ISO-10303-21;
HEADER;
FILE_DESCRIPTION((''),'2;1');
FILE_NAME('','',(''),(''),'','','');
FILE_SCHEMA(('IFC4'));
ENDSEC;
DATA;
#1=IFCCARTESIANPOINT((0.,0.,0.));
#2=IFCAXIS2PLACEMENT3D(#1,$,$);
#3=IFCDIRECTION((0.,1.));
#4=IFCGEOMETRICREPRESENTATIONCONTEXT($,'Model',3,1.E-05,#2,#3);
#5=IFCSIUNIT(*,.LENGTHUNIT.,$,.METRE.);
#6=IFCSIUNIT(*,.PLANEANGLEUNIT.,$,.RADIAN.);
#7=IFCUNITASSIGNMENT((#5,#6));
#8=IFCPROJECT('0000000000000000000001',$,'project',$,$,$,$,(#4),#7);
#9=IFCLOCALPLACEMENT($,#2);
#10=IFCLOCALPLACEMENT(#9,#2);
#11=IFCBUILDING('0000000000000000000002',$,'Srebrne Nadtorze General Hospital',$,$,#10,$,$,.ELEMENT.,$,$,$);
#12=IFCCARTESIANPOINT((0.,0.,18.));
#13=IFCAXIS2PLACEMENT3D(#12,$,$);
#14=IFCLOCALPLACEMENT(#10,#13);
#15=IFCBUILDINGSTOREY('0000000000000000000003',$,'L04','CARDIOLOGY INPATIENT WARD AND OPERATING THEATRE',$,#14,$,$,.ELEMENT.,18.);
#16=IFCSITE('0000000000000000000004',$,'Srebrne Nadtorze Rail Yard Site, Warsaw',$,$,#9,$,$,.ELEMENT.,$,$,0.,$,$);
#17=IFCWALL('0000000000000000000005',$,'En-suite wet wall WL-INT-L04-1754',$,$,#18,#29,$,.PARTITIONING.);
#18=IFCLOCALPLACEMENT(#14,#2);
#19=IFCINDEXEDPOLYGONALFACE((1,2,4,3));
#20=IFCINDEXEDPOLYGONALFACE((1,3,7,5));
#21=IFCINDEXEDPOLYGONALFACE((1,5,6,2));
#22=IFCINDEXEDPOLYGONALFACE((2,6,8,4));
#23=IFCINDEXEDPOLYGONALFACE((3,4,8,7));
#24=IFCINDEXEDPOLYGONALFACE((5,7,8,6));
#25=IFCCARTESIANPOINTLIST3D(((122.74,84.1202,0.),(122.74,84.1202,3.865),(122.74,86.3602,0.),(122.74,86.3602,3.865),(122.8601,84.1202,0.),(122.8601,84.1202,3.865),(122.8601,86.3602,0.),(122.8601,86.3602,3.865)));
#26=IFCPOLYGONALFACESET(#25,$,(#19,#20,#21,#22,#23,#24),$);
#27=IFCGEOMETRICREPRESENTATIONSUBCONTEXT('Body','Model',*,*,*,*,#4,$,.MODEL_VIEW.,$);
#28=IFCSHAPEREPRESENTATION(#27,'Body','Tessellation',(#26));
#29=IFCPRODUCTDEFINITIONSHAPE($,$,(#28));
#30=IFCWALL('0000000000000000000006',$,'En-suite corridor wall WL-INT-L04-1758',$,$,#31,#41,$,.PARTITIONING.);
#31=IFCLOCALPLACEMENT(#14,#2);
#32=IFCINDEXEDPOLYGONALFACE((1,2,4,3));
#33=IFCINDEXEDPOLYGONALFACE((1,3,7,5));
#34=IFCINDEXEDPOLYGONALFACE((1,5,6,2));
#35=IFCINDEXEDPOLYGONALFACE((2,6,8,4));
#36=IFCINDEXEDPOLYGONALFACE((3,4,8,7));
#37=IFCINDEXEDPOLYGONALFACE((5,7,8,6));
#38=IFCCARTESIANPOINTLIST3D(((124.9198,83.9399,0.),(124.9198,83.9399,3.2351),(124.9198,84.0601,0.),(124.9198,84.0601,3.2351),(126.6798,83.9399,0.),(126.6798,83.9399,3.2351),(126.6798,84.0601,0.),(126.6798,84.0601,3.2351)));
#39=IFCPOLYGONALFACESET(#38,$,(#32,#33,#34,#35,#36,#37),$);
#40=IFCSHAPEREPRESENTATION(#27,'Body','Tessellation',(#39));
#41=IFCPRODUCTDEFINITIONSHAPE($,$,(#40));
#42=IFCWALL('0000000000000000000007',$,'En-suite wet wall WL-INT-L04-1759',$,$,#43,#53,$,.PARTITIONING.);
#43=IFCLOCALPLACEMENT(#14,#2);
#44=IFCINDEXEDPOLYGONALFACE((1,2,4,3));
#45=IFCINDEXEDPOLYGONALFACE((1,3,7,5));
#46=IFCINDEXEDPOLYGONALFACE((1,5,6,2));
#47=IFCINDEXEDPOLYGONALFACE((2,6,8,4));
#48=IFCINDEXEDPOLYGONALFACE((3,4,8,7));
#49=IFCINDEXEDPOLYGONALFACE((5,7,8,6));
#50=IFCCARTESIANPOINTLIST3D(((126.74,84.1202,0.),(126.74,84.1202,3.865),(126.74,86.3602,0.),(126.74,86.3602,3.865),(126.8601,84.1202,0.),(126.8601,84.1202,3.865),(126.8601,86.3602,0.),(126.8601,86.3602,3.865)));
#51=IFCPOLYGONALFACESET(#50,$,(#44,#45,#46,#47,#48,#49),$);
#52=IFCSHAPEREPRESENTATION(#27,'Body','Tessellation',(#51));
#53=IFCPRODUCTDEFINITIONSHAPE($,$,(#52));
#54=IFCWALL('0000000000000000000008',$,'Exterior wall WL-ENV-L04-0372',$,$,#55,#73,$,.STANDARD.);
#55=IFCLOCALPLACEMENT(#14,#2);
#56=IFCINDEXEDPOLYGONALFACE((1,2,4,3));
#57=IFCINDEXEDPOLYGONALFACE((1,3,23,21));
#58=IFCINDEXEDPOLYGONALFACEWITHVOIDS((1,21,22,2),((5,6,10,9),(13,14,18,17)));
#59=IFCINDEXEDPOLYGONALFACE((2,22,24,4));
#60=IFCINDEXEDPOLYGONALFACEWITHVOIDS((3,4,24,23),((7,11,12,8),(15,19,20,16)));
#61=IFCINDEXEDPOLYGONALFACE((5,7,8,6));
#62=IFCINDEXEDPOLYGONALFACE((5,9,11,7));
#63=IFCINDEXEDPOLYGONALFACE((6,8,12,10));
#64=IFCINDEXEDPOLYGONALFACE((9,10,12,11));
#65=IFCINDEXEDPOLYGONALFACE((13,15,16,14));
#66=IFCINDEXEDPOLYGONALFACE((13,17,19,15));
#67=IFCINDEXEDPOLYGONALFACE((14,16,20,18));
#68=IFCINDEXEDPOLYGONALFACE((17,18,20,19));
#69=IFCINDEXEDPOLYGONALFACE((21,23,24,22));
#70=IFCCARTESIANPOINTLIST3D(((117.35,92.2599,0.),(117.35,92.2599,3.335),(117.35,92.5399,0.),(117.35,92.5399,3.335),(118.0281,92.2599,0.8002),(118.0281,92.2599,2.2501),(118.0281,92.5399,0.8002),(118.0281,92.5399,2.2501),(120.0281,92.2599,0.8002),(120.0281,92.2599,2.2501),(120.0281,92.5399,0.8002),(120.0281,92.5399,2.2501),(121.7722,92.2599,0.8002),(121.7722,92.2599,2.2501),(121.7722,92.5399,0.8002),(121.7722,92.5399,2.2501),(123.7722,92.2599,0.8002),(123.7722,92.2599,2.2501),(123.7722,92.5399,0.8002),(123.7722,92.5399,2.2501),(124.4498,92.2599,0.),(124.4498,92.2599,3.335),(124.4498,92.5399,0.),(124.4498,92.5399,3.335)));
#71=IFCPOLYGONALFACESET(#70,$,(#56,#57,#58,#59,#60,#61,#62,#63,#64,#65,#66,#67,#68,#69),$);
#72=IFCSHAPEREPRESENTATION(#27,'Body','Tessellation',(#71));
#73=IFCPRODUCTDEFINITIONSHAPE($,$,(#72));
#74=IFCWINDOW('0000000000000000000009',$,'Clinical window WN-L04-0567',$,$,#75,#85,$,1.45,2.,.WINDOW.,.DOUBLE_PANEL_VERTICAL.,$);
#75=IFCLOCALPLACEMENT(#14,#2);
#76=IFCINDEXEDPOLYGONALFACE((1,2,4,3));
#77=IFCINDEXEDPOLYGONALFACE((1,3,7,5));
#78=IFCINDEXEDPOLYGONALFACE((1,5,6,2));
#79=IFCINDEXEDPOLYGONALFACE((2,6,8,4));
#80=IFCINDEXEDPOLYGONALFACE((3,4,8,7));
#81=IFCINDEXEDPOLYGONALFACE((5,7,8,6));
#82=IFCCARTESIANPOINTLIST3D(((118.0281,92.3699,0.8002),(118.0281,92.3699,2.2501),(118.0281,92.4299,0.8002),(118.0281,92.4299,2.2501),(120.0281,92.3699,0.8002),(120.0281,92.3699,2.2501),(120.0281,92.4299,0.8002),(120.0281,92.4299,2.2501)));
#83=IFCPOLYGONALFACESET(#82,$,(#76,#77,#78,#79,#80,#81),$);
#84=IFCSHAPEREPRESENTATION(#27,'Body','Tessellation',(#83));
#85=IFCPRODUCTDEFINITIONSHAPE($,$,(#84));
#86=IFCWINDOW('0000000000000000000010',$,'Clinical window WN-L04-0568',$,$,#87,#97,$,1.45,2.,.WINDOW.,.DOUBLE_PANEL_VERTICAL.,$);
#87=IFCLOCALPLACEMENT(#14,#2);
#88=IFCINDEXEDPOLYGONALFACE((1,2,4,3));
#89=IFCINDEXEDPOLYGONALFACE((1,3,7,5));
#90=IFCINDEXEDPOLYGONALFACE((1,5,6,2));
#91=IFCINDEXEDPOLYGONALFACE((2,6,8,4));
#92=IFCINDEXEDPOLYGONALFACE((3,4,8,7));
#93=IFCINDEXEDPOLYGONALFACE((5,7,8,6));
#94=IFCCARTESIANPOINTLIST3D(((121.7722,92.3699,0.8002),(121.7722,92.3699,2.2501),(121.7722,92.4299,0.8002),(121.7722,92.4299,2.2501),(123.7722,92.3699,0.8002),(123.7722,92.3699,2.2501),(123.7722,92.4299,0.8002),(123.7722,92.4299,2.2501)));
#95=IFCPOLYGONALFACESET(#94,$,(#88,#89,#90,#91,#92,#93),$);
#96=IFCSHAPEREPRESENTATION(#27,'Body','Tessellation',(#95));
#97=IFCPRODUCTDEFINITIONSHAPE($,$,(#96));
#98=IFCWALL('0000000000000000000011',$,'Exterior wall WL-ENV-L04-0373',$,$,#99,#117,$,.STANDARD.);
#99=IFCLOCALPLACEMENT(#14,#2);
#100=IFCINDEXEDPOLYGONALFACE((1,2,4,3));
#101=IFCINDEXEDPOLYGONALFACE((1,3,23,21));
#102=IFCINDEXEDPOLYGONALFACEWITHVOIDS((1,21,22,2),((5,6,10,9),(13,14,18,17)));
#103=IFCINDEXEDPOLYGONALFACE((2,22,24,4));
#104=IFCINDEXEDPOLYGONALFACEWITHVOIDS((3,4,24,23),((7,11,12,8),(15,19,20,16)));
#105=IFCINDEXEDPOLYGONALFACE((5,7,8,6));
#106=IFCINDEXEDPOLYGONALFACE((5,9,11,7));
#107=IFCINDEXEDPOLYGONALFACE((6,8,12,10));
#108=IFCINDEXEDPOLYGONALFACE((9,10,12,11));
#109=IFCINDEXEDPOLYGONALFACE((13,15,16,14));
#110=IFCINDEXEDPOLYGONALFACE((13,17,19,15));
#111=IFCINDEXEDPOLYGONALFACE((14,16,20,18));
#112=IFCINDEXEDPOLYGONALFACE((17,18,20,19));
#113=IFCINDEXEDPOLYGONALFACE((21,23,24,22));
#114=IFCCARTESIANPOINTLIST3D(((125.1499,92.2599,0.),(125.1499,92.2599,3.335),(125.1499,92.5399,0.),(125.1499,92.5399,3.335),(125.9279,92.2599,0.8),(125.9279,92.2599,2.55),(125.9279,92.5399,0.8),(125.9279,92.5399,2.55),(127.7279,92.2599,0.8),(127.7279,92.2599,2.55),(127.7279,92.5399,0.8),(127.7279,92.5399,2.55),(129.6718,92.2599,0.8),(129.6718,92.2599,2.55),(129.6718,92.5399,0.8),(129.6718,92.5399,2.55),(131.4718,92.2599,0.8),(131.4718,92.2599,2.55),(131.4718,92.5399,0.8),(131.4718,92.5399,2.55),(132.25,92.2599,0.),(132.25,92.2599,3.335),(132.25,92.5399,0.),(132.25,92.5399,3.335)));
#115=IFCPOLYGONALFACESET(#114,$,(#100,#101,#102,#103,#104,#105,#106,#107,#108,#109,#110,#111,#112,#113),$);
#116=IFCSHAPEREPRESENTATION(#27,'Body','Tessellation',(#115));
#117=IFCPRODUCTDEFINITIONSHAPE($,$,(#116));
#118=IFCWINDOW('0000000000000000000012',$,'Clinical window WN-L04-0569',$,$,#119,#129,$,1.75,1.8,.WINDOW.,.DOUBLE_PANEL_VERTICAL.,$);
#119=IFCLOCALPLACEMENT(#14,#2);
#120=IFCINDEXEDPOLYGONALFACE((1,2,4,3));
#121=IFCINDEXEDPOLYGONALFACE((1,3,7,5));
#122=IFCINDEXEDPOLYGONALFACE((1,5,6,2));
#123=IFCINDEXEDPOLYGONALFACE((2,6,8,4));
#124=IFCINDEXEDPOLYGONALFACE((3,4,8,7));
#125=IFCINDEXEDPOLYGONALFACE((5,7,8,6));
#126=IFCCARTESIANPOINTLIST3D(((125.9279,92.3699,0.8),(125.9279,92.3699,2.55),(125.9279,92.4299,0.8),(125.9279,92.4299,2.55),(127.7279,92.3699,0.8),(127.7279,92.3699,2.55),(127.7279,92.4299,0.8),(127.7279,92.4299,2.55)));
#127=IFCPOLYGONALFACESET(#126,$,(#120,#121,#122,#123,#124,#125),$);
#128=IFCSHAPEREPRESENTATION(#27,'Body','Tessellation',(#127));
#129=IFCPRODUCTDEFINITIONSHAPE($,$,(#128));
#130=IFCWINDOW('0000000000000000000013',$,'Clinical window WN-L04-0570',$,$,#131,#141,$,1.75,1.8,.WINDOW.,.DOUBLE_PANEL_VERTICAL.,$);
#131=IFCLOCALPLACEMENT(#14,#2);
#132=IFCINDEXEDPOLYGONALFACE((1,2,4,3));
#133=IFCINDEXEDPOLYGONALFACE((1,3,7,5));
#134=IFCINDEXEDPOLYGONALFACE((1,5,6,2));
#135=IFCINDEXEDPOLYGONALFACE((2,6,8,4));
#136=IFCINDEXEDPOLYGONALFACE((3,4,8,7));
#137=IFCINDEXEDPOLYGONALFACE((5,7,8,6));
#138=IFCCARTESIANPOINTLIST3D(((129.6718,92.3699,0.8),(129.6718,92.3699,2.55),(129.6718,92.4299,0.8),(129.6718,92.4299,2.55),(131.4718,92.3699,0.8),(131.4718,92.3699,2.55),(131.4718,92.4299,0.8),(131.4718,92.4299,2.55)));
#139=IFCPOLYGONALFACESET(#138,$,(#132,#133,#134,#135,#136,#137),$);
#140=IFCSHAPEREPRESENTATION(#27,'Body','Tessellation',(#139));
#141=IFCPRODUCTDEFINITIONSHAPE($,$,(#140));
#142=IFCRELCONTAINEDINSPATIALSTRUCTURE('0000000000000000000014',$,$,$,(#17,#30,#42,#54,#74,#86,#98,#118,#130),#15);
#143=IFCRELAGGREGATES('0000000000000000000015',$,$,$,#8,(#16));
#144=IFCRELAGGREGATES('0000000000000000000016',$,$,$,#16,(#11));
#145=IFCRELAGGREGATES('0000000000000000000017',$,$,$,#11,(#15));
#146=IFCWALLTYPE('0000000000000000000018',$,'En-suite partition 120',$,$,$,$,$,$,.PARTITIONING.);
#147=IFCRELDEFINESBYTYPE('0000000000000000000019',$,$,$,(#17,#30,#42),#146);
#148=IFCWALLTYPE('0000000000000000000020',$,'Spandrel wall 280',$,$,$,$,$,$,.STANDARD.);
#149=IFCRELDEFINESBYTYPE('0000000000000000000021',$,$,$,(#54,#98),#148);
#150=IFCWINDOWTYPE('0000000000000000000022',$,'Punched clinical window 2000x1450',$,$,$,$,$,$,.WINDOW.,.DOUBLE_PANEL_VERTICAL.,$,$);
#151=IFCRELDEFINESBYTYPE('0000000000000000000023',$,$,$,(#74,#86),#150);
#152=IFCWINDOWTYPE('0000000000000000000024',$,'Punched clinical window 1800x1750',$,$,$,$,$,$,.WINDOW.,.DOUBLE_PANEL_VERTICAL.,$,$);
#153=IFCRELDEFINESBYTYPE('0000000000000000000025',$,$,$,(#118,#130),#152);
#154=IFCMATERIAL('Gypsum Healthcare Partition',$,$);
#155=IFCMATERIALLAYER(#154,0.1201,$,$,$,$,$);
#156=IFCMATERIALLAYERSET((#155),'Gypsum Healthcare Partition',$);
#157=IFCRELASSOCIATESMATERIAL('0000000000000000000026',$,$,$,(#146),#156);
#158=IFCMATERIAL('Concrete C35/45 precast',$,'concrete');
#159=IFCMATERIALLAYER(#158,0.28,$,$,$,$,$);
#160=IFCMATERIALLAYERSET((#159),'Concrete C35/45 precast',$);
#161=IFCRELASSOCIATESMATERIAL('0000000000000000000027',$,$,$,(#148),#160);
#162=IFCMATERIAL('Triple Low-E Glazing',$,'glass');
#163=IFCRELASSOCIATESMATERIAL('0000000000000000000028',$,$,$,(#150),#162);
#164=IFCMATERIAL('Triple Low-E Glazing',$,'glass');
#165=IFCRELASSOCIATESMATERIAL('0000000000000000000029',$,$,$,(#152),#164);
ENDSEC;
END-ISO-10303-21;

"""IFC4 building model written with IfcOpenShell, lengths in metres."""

from ifc_helpers import new_model, si_unit, direction, frame, frame_2d, origin, place, context, subcontext, project, spatial, rectangle, extrude, material, layer, layer_set, type_object, element, fill, save


model = new_model("IFC4")

# Units and contexts
model_context = context("Model", 3, precision=1e-05, world=origin(), true_north=direction((0.0, 1.0)))
body_context = subcontext(model_context, "Body", "Model", "MODEL_VIEW")
ifc_project = project(units=[si_unit("LENGTHUNIT", "METRE"), si_unit("PLANEANGLEUNIT", "RADIAN")], contexts=[model_context])

# Site, building, storey
site_placement = place(None, origin())
site = spatial("IfcSite", under=ifc_project, at=site_placement, Name="Srebrne Nadtorze Rail Yard Site, Warsaw", CompositionType="ELEMENT", RefElevation=0.0)
building_placement = place(site_placement, origin())
building = spatial("IfcBuilding", under=site, at=building_placement, Name="Srebrne Nadtorze General Hospital", CompositionType="ELEMENT")
storey_placement = place(building_placement, frame((0.0, 0.0, 18.0)))
storey = spatial("IfcBuildingStorey", under=building, at=storey_placement, Name="L04", Description="CARDIOLOGY INPATIENT WARD AND OPERATING THEATRE", CompositionType="ELEMENT", Elevation=18.0)

# Shared definitions
ifc_material_1 = material(Name="Gypsum Healthcare Partition")
ifc_layer_1 = layer(ifc_material_1, 0.1201)
ifc_layer_set_1 = layer_set([ifc_layer_1], Name="Gypsum Healthcare Partition")
wall_type_1 = type_object("IfcWallType", Name="En-suite partition 120", PredefinedType="PARTITIONING", material=ifc_layer_set_1)

# Wall
wall_1_placement = place(storey_placement, frame((122.8, 84.1201, 0.0), z_axis=(0.0, 0.0, 1.0), x_axis=(0.0, 1.0, 0.0)))
element("IfcWall", 1, at=wall_1_placement, inside=storey, type_object=wall_type_1, Name="En-suite wet wall WL-INT-L04-1754", PredefinedType="PARTITIONING", context=body_context, shape_type="SweptSolid", body=[
    extrude(rectangle(XDim=2.24, YDim=0.1201, at=frame_2d((1.1201, 0.0))), origin(), (0.0, 0.0, 1.0), 3.865),
])

# Walls
wall_2_placement = place(storey_placement, frame((124.9199, 84.0, 0.0), z_axis=(0.0, 0.0, 1.0), x_axis=(1.0, 0.0, 0.0)))
element("IfcWall", 2, at=wall_2_placement, inside=storey, type_object=wall_type_1, Name="En-suite corridor wall WL-INT-L04-1758", PredefinedType="PARTITIONING", context=body_context, shape_type="SweptSolid", body=[
    extrude(rectangle(XDim=1.76, YDim=0.1201, at=frame_2d((0.8799, 0.0))), origin(), (0.0, 0.0, 1.0), 3.2351),
])
wall_3_placement = place(storey_placement, frame((126.8, 84.1201, 0.0), z_axis=(0.0, 0.0, 1.0), x_axis=(0.0, 1.0, 0.0)))
element("IfcWall", 3, at=wall_3_placement, inside=storey, type_object=wall_type_1, Name="En-suite wet wall WL-INT-L04-1759", PredefinedType="PARTITIONING", context=body_context, shape_type="SweptSolid", body=[
    extrude(rectangle(XDim=2.24, YDim=0.1201, at=frame_2d((1.1201, 0.0))), origin(), (0.0, 0.0, 1.0), 3.865),
])

# Walls, openings, windows
ifc_material_2 = material(Name="Concrete C35/45 precast", Category="concrete")
ifc_layer_2 = layer(ifc_material_2, 0.28)
ifc_layer_set_2 = layer_set([ifc_layer_2], Name="Concrete C35/45 precast")
wall_type_2 = type_object("IfcWallType", Name="Spandrel wall 280", PredefinedType="STANDARD", material=ifc_layer_set_2)
wall_4_placement = place(storey_placement, frame((117.3501, 92.3999, 0.0), z_axis=(0.0, 0.0, 1.0), x_axis=(1.0, 0.0, 0.0)))
wall_4 = element("IfcWall", 4, at=wall_4_placement, inside=storey, type_object=wall_type_2, Name="Exterior wall WL-ENV-L04-0372", PredefinedType="STANDARD", context=body_context, shape_type="SweptSolid", body=[
    extrude(rectangle(XDim=7.0999, YDim=0.28, at=frame_2d((3.5498, 0.0))), origin(), (0.0, 0.0, 1.0), 3.335),
])
opening_1_placement = place(wall_4_placement, frame((0.678, 0.0, 0.8)))
opening_1 = element("IfcOpeningElement", 5, at=opening_1_placement, cuts=wall_4, PredefinedType="OPENING", context=body_context, shape_type="SweptSolid", body=[
    extrude(rectangle(XDim=2.0, YDim=1.45, at=frame_2d((1.0, 0.7251))), frame((0.0, 0.1519, 0.0), z_axis=(0.0, -1.0, 0.0), x_axis=(1.0, 0.0, 0.0)), (0.0, 0.0, 1.0), 0.304),
])
opening_2_placement = place(wall_4_placement, frame((4.4221, 0.0, 0.8)))
opening_2 = element("IfcOpeningElement", 6, at=opening_2_placement, cuts=wall_4, PredefinedType="OPENING", context=body_context, shape_type="SweptSolid", body=[
    extrude(rectangle(XDim=2.0, YDim=1.45, at=frame_2d((1.0, 0.7251))), frame((0.0, 0.1519, 0.0), z_axis=(0.0, -1.0, 0.0), x_axis=(1.0, 0.0, 0.0)), (0.0, 0.0, 1.0), 0.304),
])
ifc_material_3 = material(Name="Triple Low-E Glazing", Category="glass")
window_type_1 = type_object("IfcWindowType", Name="Punched clinical window 2000x1450", PartitioningType="DOUBLE_PANEL_VERTICAL", PredefinedType="WINDOW", material=ifc_material_3)
window_1_placement = place(opening_1_placement, origin())
window_1 = element("IfcWindow", 7, at=window_1_placement, inside=storey, type_object=window_type_1, Name="Clinical window WN-L04-0567", OverallHeight=1.45, OverallWidth=2.0, PartitioningType="DOUBLE_PANEL_VERTICAL", PredefinedType="WINDOW", context=body_context, shape_type="SweptSolid", body=[
    extrude(rectangle(XDim=2.0, YDim=1.45, at=frame_2d((1.0, 0.7251))), frame((0.0, 0.03, 0.0), z_axis=(0.0, -1.0, 0.0), x_axis=(1.0, 0.0, 0.0)), (0.0, 0.0, 1.0), 0.0601),
])
fill(opening_1, window_1)
window_2_placement = place(opening_2_placement, origin())
window_2 = element("IfcWindow", 8, at=window_2_placement, inside=storey, type_object=window_type_1, Name="Clinical window WN-L04-0568", OverallHeight=1.45, OverallWidth=2.0, PartitioningType="DOUBLE_PANEL_VERTICAL", PredefinedType="WINDOW", context=body_context, shape_type="SweptSolid", body=[
    extrude(rectangle(XDim=2.0, YDim=1.45, at=frame_2d((1.0, 0.7251))), frame((0.0, 0.03, 0.0), z_axis=(0.0, -1.0, 0.0), x_axis=(1.0, 0.0, 0.0)), (0.0, 0.0, 1.0), 0.0601),
])
fill(opening_2, window_2)
wall_5_placement = place(storey_placement, frame((125.1499, 92.3999, 0.0), z_axis=(0.0, 0.0, 1.0), x_axis=(1.0, 0.0, 0.0)))
wall_5 = element("IfcWall", 9, at=wall_5_placement, inside=storey, type_object=wall_type_2, Name="Exterior wall WL-ENV-L04-0373", PredefinedType="STANDARD", context=body_context, shape_type="SweptSolid", body=[
    extrude(rectangle(XDim=7.1001, YDim=0.28, at=frame_2d((3.55, 0.0))), origin(), (0.0, 0.0, 1.0), 3.335),
])
opening_3_placement = place(wall_5_placement, frame((0.7781, 0.0, 0.8)))
opening_3 = element("IfcOpeningElement", 10, at=opening_3_placement, cuts=wall_5, PredefinedType="OPENING", context=body_context, shape_type="SweptSolid", body=[
    extrude(rectangle(XDim=1.8, YDim=1.75, at=frame_2d((0.8999, 0.875))), frame((0.0, 0.1519, 0.0), z_axis=(0.0, -1.0, 0.0), x_axis=(1.0, 0.0, 0.0)), (0.0, 0.0, 1.0), 0.304),
])
opening_4_placement = place(wall_5_placement, frame((4.522, 0.0, 0.8)))
opening_4 = element("IfcOpeningElement", 11, at=opening_4_placement, cuts=wall_5, PredefinedType="OPENING", context=body_context, shape_type="SweptSolid", body=[
    extrude(rectangle(XDim=1.8, YDim=1.75, at=frame_2d((0.8999, 0.875))), frame((0.0, 0.1519, 0.0), z_axis=(0.0, -1.0, 0.0), x_axis=(1.0, 0.0, 0.0)), (0.0, 0.0, 1.0), 0.304),
])
ifc_material_4 = material(Name="Triple Low-E Glazing", Category="glass")
window_type_2 = type_object("IfcWindowType", Name="Punched clinical window 1800x1750", PartitioningType="DOUBLE_PANEL_VERTICAL", PredefinedType="WINDOW", material=ifc_material_4)
window_3_placement = place(opening_3_placement, origin())
window_3 = element("IfcWindow", 12, at=window_3_placement, inside=storey, type_object=window_type_2, Name="Clinical window WN-L04-0569", OverallHeight=1.75, OverallWidth=1.8, PartitioningType="DOUBLE_PANEL_VERTICAL", PredefinedType="WINDOW", context=body_context, shape_type="SweptSolid", body=[
    extrude(rectangle(XDim=1.8, YDim=1.75, at=frame_2d((0.8999, 0.875))), frame((0.0, 0.03, 0.0), z_axis=(0.0, -1.0, 0.0), x_axis=(1.0, 0.0, 0.0)), (0.0, 0.0, 1.0), 0.0601),
])
fill(opening_3, window_3)
window_4_placement = place(opening_4_placement, origin())
window_4 = element("IfcWindow", 13, at=window_4_placement, inside=storey, type_object=window_type_2, Name="Clinical window WN-L04-0570", OverallHeight=1.75, OverallWidth=1.8, PartitioningType="DOUBLE_PANEL_VERTICAL", PredefinedType="WINDOW", context=body_context, shape_type="SweptSolid", body=[
    extrude(rectangle(XDim=1.8, YDim=1.75, at=frame_2d((0.8999, 0.875))), frame((0.0, 0.03, 0.0), z_axis=(0.0, -1.0, 0.0), x_axis=(1.0, 0.0, 0.0)), (0.0, 0.0, 1.0), 0.0601),
])
fill(opening_4, window_4)

save(model, "model.ifc")
